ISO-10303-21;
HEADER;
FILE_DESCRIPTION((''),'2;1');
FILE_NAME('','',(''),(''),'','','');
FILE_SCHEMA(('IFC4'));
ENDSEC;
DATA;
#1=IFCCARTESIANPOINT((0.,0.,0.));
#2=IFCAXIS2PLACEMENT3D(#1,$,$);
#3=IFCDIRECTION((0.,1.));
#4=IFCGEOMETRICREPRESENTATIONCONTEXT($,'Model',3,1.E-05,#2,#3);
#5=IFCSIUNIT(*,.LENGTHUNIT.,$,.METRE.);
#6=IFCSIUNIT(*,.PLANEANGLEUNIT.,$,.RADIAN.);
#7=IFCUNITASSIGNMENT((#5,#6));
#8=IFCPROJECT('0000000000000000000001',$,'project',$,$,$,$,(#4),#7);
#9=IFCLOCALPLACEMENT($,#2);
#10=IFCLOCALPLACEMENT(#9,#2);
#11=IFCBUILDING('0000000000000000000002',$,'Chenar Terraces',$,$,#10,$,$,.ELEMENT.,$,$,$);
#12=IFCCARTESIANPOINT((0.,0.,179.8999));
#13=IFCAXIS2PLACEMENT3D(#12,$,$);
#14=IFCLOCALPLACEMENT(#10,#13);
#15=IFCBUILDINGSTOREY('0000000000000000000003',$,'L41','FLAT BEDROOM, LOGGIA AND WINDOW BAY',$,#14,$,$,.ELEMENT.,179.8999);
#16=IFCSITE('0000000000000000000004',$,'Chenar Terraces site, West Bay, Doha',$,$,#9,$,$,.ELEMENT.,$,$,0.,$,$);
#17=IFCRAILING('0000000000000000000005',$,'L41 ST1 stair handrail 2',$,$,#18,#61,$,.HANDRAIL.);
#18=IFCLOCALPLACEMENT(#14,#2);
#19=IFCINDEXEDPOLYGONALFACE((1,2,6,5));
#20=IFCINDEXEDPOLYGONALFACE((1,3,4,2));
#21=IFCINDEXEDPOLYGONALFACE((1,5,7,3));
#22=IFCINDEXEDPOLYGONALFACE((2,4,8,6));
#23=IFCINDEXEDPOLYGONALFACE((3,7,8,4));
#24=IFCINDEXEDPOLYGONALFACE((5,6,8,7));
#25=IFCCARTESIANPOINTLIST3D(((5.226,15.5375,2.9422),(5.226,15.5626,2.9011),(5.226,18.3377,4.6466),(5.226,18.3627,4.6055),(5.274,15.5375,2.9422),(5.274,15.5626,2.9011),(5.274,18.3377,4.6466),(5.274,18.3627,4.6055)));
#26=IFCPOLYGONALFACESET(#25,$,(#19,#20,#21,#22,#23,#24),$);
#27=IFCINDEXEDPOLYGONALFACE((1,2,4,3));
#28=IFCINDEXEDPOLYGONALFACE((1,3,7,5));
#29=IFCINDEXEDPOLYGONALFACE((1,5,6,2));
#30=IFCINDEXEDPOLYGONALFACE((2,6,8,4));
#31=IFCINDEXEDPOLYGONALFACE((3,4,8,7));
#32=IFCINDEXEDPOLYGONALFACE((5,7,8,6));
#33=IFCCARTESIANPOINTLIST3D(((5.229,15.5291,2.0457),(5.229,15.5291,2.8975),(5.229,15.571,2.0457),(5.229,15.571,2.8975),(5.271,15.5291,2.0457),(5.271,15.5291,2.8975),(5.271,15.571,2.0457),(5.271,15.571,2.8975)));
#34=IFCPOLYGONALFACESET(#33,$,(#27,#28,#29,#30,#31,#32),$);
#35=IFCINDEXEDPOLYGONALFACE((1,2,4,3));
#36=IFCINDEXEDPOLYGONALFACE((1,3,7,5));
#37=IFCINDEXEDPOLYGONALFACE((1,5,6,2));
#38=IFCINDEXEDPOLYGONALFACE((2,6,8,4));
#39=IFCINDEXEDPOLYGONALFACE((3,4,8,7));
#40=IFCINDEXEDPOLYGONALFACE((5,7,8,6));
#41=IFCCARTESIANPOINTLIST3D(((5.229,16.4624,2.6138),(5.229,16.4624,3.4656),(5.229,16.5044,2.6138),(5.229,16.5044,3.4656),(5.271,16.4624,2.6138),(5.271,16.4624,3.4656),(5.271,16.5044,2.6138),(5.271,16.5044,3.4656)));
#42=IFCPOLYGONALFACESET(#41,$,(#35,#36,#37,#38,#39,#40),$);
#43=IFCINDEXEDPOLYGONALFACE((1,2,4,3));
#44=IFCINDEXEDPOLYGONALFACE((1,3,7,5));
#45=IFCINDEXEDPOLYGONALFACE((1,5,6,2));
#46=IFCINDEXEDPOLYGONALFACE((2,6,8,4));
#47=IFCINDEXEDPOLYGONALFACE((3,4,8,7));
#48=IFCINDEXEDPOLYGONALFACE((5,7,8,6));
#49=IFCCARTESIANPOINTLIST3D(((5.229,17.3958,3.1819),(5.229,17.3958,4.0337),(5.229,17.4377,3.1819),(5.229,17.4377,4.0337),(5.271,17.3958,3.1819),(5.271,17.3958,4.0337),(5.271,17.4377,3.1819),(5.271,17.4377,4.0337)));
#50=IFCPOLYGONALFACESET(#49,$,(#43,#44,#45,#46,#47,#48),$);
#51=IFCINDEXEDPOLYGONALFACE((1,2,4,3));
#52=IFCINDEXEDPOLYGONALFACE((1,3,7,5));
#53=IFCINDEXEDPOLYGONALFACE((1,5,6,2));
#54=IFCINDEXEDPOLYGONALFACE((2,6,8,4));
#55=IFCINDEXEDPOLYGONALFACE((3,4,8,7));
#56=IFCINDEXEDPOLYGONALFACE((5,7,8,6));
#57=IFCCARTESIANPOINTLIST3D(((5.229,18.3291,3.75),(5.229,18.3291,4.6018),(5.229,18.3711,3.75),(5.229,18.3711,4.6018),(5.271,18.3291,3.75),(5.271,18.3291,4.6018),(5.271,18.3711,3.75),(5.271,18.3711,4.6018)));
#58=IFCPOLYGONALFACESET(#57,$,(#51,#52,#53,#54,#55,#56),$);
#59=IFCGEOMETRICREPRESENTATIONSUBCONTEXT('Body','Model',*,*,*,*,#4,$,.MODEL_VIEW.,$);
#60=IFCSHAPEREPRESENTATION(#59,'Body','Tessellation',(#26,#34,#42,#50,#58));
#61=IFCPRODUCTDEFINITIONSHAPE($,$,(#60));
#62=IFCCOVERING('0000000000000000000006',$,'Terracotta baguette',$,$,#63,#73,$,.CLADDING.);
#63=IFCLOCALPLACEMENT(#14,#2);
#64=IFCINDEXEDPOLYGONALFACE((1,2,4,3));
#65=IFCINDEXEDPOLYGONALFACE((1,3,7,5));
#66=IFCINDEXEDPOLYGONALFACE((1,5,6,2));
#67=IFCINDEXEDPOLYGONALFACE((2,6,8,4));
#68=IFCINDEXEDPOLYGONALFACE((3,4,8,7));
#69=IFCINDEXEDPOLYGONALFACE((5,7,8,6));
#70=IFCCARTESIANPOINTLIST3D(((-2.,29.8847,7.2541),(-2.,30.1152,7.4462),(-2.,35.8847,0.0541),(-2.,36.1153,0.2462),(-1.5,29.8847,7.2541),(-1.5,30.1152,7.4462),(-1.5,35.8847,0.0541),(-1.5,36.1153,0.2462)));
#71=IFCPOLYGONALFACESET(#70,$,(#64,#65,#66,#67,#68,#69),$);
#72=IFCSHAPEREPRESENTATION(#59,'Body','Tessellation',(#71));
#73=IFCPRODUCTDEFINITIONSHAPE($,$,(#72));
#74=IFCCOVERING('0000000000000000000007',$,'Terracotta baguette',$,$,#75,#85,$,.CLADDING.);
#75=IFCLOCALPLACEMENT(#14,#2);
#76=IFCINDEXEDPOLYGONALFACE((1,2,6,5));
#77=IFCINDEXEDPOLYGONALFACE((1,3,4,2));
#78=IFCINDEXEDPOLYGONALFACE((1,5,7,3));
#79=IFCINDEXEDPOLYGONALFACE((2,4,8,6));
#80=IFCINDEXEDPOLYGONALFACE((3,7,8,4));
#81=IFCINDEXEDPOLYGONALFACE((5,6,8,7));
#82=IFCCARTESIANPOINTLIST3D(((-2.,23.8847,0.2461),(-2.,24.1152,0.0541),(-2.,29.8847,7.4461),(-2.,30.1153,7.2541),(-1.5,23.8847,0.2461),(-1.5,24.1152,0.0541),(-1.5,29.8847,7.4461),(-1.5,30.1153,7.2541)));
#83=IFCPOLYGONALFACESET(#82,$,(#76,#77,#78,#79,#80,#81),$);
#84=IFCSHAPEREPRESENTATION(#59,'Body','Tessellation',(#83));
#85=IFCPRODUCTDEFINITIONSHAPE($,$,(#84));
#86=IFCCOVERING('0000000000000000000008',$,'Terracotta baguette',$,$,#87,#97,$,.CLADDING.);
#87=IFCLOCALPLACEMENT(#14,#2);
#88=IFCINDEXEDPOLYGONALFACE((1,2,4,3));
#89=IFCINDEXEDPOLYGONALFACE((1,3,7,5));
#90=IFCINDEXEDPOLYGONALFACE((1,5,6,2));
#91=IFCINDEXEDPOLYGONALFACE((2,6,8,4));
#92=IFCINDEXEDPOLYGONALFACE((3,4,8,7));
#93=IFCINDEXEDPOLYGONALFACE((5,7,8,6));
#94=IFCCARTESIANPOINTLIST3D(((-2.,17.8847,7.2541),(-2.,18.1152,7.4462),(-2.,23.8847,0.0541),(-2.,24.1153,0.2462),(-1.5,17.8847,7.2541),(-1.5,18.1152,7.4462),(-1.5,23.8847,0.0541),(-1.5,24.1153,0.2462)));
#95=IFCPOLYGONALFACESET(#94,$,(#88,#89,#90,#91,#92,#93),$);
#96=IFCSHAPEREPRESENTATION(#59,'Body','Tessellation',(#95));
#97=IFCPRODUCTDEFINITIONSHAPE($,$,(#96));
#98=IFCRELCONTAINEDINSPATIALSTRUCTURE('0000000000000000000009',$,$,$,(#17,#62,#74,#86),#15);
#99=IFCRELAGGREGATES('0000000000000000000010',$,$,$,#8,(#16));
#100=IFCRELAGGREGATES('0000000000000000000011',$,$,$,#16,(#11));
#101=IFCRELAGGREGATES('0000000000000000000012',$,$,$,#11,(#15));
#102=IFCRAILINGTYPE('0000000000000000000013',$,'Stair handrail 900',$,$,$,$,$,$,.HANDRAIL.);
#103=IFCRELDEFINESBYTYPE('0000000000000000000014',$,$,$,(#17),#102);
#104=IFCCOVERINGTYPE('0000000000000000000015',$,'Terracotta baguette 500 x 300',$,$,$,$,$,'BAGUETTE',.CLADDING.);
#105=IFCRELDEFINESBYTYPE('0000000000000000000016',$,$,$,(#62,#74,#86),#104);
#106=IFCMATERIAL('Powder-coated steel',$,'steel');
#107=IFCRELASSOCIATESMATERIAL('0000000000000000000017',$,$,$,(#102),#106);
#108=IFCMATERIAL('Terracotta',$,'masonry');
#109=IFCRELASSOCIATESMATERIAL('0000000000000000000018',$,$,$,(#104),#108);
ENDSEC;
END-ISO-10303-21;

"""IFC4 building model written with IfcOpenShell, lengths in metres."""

from ifc_helpers import new_model, si_unit, direction, frame, origin, origin_2d, place, context, subcontext, project, spatial, rectangle, extrude, material, material_profile, profile_set, type_object, element, save


model = new_model("IFC4")

# Units and contexts
model_context = context("Model", 3, precision=1e-05, world=origin(), true_north=direction((0.0, 1.0)))
body_context = subcontext(model_context, "Body", "Model", "MODEL_VIEW")
ifc_project = project(units=[si_unit("LENGTHUNIT", "METRE"), si_unit("PLANEANGLEUNIT", "RADIAN")], contexts=[model_context])

# Site, building, storey
site_placement = place(None, origin())
site = spatial("IfcSite", under=ifc_project, at=site_placement, Name="Chenar Terraces site, West Bay, Doha", CompositionType="ELEMENT", RefElevation=0.0)
building_placement = place(site_placement, origin())
building = spatial("IfcBuilding", under=site, at=building_placement, Name="Chenar Terraces", CompositionType="ELEMENT")
storey_placement = place(building_placement, frame((0.0, 0.0, 179.8999)))
storey = spatial("IfcBuildingStorey", under=building, at=storey_placement, Name="L41", Description="FLAT BEDROOM, LOGGIA AND WINDOW BAY", CompositionType="ELEMENT", Elevation=179.8999)

# Railing
ifc_material_1 = material(Name="Powder-coated steel", Category="steel")
railing_type_1 = type_object("IfcRailingType", Name="Stair handrail 900", PredefinedType="HANDRAIL", material=ifc_material_1)
railing_1_placement = place(storey_placement, frame((5.25, 15.55, 2.0457)))
element("IfcRailing", 1, at=railing_1_placement, inside=storey, type_object=railing_type_1, Name="L41 ST1 stair handrail 2", PredefinedType="HANDRAIL", context=body_context, shape_type="SweptSolid", body=[
    extrude(rectangle(XDim=0.0481, YDim=0.0481, at=origin_2d()), frame((0.0, 0.0, 0.876), z_axis=(0.0, 0.854203, 0.51994), x_axis=(-1.0, 0.0, 0.0)), (0.0, 0.0, 1.0), 3.2781),
    extrude(rectangle(XDim=0.042, YDim=0.042, at=origin_2d()), origin(), (0.0, 0.0, 1.0), 0.8518),
    extrude(rectangle(XDim=0.042, YDim=0.042, at=origin_2d()), frame((0.0, 0.9333, 0.5681)), (0.0, 0.0, 1.0), 0.8518),
    extrude(rectangle(XDim=0.042, YDim=0.042, at=origin_2d()), frame((0.0, 1.8667, 1.1362)), (0.0, 0.0, 1.0), 0.8518),
    extrude(rectangle(XDim=0.042, YDim=0.042, at=origin_2d()), frame((0.0, 2.8, 1.7043)), (0.0, 0.0, 1.0), 0.8518),
])

# Coverings
ifc_material_2 = material(Name="Terracotta", Category="masonry")
ifc_material_profile_1 = material_profile(ifc_material_2, rectangle(XDim=0.5, YDim=0.3, at=origin_2d()), Name="Terracotta baguette 500 x 300")
ifc_profile_set_1 = profile_set([ifc_material_profile_1], Name="Terracotta")
covering_type = type_object("IfcCoveringType", Name="Terracotta baguette 500 x 300", ElementType="BAGUETTE", PredefinedType="CLADDING", material=ifc_profile_set_1)
for number, where, z_axis, x_axis, name in (
    (2, (-1.75, 36.0, 0.1501), (0.0, -0.640187, 0.768219), (1.0, 0.0, 0.0), "Terracotta baguette"),
    (3, (-1.75, 30.0, 7.3501), (0.0, -0.640187, -0.768219), (1.0, 0.0, 0.0), "Terracotta baguette"),
    (4, (-1.75, 24.0, 0.1501), (0.0, -0.640187, 0.768219), (1.0, 0.0, 0.0), "Terracotta baguette"),
):
    element("IfcCovering", number, at=place(storey_placement, frame(where, z_axis=z_axis, x_axis=x_axis)), inside=storey, type_object=covering_type, Name=name, PredefinedType="CLADDING", context=body_context, shape_type="SweptSolid", body=[
        extrude(rectangle(XDim=0.5, YDim=0.3, at=origin_2d()), origin(), (0.0, 0.0, 1.0), 9.3723),
    ])

save(model, "model.ifc")
